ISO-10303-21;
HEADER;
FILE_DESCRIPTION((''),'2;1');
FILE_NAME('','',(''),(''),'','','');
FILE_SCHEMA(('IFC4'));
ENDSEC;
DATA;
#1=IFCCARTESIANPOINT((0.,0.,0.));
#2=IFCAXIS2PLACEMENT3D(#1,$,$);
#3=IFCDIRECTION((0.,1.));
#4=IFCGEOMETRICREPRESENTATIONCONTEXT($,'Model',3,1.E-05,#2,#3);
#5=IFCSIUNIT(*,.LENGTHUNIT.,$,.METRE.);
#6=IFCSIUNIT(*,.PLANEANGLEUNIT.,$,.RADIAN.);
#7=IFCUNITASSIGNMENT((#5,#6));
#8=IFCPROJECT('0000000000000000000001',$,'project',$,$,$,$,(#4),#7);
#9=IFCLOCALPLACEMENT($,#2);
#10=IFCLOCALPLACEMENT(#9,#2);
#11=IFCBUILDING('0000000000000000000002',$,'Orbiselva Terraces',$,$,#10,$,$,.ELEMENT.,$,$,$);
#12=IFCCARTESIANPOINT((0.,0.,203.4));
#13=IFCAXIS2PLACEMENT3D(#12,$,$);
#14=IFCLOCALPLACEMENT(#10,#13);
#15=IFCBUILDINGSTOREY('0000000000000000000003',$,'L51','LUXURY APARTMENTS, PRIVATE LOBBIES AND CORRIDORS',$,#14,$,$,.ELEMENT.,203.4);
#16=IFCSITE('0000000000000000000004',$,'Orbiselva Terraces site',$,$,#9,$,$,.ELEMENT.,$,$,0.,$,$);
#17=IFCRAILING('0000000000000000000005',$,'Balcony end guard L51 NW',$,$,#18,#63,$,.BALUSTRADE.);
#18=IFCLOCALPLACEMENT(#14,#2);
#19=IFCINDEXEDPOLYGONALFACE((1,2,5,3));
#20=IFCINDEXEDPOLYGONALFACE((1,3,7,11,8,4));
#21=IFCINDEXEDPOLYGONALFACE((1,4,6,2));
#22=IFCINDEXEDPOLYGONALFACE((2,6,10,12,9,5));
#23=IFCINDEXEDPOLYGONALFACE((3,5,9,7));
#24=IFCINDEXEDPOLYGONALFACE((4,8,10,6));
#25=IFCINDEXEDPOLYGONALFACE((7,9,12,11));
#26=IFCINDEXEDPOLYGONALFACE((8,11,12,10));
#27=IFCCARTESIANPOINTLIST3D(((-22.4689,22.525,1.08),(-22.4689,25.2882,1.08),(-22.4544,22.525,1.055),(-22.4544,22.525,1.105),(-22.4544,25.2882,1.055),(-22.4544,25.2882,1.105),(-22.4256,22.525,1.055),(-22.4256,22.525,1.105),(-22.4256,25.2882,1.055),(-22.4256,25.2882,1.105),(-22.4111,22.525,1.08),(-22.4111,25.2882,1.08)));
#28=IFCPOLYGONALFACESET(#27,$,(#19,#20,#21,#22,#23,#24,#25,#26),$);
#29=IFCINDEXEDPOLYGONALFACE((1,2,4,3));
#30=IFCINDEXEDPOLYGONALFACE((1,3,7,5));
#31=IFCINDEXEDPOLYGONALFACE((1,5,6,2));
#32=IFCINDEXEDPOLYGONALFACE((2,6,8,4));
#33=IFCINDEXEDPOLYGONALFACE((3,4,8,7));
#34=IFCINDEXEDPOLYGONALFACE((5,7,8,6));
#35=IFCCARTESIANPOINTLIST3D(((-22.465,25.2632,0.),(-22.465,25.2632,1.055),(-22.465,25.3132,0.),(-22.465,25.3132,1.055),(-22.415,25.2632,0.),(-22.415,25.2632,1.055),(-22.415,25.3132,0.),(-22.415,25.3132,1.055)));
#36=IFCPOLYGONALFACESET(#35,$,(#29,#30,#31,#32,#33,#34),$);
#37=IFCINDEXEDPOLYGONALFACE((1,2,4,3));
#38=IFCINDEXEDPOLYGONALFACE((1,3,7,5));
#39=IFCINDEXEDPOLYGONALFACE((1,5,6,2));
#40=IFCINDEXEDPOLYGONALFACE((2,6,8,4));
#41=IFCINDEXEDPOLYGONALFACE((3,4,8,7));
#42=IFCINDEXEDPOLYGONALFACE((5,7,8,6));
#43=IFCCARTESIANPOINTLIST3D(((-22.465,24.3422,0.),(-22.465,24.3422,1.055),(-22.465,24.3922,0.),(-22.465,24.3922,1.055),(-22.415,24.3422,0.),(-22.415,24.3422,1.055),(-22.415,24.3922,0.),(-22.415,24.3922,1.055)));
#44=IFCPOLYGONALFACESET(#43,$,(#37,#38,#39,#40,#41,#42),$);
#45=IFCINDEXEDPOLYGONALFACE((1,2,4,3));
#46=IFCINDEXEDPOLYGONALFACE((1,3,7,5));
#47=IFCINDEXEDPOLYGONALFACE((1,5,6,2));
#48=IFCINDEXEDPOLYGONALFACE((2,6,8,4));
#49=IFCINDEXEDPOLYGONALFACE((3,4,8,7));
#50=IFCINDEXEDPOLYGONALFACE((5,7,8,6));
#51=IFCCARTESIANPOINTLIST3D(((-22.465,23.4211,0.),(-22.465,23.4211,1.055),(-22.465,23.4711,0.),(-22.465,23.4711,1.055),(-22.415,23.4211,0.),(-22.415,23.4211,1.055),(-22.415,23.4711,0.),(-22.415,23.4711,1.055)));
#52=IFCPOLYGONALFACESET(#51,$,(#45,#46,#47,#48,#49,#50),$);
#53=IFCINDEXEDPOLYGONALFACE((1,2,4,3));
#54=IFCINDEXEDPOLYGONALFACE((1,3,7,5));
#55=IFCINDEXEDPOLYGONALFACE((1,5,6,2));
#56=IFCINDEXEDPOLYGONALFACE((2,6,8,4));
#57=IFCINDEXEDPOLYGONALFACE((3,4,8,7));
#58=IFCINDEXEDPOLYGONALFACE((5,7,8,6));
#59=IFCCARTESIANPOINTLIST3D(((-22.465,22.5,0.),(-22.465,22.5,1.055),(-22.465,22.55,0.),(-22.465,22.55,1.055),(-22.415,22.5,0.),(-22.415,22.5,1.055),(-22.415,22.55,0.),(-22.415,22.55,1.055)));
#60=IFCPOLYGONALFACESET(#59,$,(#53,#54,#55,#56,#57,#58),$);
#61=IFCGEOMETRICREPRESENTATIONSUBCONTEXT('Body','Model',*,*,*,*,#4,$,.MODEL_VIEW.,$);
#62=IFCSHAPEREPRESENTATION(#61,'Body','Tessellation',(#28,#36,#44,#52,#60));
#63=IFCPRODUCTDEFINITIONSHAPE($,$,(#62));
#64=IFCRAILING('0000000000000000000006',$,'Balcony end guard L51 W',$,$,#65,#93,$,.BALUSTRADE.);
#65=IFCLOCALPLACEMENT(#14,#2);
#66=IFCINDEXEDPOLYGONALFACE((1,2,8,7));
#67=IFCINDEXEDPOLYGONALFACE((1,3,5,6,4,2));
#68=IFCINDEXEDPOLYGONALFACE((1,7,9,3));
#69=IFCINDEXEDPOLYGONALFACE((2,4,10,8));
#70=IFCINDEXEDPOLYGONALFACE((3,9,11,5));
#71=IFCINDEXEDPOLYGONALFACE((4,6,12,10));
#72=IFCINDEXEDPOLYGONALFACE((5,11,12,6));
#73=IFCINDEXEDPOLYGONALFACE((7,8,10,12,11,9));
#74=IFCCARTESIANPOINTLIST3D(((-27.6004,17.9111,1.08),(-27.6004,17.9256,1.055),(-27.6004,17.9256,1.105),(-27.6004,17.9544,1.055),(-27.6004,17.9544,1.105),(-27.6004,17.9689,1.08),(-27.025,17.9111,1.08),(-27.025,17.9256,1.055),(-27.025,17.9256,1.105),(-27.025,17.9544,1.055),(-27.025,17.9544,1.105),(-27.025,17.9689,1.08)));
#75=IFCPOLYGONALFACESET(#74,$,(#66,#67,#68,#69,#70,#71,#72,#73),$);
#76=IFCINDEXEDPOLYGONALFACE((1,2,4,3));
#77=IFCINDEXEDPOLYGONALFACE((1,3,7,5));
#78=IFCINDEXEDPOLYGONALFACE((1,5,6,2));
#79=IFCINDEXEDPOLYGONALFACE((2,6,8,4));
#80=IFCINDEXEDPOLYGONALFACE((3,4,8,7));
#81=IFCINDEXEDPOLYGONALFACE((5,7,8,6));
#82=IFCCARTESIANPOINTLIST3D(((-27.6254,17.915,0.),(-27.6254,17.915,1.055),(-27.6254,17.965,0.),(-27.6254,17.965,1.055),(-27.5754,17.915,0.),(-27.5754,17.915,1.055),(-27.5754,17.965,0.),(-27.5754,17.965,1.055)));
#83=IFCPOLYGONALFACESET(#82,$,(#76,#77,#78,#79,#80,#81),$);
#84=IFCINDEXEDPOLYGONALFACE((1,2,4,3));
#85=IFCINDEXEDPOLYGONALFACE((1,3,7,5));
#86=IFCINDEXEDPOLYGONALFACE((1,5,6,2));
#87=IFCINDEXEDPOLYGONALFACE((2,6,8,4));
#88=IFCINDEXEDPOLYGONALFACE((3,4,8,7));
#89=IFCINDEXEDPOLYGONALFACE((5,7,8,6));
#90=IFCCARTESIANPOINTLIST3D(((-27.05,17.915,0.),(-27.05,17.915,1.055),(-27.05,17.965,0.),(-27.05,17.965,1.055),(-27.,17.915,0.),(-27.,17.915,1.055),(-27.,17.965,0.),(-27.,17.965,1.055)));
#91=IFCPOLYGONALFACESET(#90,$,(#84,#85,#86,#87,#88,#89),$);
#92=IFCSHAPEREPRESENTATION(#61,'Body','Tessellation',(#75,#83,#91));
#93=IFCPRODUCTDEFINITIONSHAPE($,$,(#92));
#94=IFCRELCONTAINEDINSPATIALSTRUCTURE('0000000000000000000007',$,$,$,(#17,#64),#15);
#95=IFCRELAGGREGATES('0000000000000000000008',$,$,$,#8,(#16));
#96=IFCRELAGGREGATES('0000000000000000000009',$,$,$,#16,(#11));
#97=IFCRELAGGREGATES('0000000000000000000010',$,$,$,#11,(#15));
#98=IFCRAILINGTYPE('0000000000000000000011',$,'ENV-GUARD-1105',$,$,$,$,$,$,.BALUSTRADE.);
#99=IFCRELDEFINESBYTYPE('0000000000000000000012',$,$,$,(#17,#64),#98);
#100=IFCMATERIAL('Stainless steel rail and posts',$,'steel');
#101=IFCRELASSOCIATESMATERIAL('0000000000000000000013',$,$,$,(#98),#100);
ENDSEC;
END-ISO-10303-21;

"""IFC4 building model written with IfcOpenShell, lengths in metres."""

from ifc_helpers import new_model, si_unit, direction, frame, origin, origin_2d, place, context, subcontext, project, spatial, polyline, rectangle, outline, extrude, material, type_object, element, save


model = new_model("IFC4")

# Units and contexts
model_context = context("Model", 3, precision=1e-05, world=origin(), true_north=direction((0.0, 1.0)))
body_context = subcontext(model_context, "Body", "Model", "MODEL_VIEW")
ifc_project = project(units=[si_unit("LENGTHUNIT", "METRE"), si_unit("PLANEANGLEUNIT", "RADIAN")], contexts=[model_context])

# Site, building, storey
site_placement = place(None, origin())
site = spatial("IfcSite", under=ifc_project, at=site_placement, Name="Orbiselva Terraces site", CompositionType="ELEMENT", RefElevation=0.0)
building_placement = place(site_placement, origin())
building = spatial("IfcBuilding", under=site, at=building_placement, Name="Orbiselva Terraces", CompositionType="ELEMENT")
storey_placement = place(building_placement, frame((0.0, 0.0, 203.4)))
storey = spatial("IfcBuildingStorey", under=building, at=storey_placement, Name="L51", Description="LUXURY APARTMENTS, PRIVATE LOBBIES AND CORRIDORS", CompositionType="ELEMENT", Elevation=203.4)

# Railings
ifc_material_1 = material(Name="Stainless steel rail and posts", Category="steel")
railing_type_1 = type_object("IfcRailingType", Name="ENV-GUARD-1105", PredefinedType="BALUSTRADE", material=ifc_material_1)
railing_1_placement = place(storey_placement, frame((-22.44, 25.2882, 0.0)))
element("IfcRailing", 1, at=railing_1_placement, inside=storey, type_object=railing_type_1, Name="Balcony end guard L51 NW", PredefinedType="BALUSTRADE", context=body_context, shape_type="SweptSolid", body=[
    extrude(outline(polyline([(0.0289, 0.0), (0.0144, 0.025), (-0.0144, 0.025), (-0.0289, 0.0), (-0.0144, -0.025), (0.0144, -0.025), (0.0289, 0.0)])), frame((0.0, 0.0, 1.08), z_axis=(0.0, -1.0, 0.0), x_axis=(1.0, 0.0, 0.0)), (0.0, 0.0, 1.0), 2.7632),
    extrude(rectangle(XDim=0.05, YDim=0.05, at=origin_2d()), origin(), (0.0, 0.0, 1.0), 1.055),
    extrude(rectangle(XDim=0.05, YDim=0.05, at=origin_2d()), frame((0.0, -0.9211, 0.0)), (0.0, 0.0, 1.0), 1.055),
    extrude(rectangle(XDim=0.05, YDim=0.05, at=origin_2d()), frame((0.0, -1.8422, 0.0)), (0.0, 0.0, 1.0), 1.055),
    extrude(rectangle(XDim=0.05, YDim=0.05, at=origin_2d()), frame((0.0, -2.7632, 0.0)), (0.0, 0.0, 1.0), 1.055),
])
railing_2_placement = place(storey_placement, frame((-27.6004, 17.94, 0.0)))
element("IfcRailing", 2, at=railing_2_placement, inside=storey, type_object=railing_type_1, Name="Balcony end guard L51 W", PredefinedType="BALUSTRADE", context=body_context, shape_type="SweptSolid", body=[
    extrude(outline(polyline([(0.0289, 0.0), (0.0144, 0.025), (-0.0144, 0.025), (-0.0289, 0.0), (-0.0144, -0.025), (0.0144, -0.025), (0.0289, 0.0)])), frame((0.0, 0.0, 1.08), z_axis=(1.0, 0.0, 0.0), x_axis=(0.0, 1.0, 0.0)), (0.0, 0.0, 1.0), 0.5754),
    extrude(rectangle(XDim=0.05, YDim=0.05, at=origin_2d()), origin(), (0.0, 0.0, 1.0), 1.055),
    extrude(rectangle(XDim=0.05, YDim=0.05, at=origin_2d()), frame((0.5754, 0.0, 0.0)), (0.0, 0.0, 1.0), 1.055),
])

save(model, "model.ifc")
